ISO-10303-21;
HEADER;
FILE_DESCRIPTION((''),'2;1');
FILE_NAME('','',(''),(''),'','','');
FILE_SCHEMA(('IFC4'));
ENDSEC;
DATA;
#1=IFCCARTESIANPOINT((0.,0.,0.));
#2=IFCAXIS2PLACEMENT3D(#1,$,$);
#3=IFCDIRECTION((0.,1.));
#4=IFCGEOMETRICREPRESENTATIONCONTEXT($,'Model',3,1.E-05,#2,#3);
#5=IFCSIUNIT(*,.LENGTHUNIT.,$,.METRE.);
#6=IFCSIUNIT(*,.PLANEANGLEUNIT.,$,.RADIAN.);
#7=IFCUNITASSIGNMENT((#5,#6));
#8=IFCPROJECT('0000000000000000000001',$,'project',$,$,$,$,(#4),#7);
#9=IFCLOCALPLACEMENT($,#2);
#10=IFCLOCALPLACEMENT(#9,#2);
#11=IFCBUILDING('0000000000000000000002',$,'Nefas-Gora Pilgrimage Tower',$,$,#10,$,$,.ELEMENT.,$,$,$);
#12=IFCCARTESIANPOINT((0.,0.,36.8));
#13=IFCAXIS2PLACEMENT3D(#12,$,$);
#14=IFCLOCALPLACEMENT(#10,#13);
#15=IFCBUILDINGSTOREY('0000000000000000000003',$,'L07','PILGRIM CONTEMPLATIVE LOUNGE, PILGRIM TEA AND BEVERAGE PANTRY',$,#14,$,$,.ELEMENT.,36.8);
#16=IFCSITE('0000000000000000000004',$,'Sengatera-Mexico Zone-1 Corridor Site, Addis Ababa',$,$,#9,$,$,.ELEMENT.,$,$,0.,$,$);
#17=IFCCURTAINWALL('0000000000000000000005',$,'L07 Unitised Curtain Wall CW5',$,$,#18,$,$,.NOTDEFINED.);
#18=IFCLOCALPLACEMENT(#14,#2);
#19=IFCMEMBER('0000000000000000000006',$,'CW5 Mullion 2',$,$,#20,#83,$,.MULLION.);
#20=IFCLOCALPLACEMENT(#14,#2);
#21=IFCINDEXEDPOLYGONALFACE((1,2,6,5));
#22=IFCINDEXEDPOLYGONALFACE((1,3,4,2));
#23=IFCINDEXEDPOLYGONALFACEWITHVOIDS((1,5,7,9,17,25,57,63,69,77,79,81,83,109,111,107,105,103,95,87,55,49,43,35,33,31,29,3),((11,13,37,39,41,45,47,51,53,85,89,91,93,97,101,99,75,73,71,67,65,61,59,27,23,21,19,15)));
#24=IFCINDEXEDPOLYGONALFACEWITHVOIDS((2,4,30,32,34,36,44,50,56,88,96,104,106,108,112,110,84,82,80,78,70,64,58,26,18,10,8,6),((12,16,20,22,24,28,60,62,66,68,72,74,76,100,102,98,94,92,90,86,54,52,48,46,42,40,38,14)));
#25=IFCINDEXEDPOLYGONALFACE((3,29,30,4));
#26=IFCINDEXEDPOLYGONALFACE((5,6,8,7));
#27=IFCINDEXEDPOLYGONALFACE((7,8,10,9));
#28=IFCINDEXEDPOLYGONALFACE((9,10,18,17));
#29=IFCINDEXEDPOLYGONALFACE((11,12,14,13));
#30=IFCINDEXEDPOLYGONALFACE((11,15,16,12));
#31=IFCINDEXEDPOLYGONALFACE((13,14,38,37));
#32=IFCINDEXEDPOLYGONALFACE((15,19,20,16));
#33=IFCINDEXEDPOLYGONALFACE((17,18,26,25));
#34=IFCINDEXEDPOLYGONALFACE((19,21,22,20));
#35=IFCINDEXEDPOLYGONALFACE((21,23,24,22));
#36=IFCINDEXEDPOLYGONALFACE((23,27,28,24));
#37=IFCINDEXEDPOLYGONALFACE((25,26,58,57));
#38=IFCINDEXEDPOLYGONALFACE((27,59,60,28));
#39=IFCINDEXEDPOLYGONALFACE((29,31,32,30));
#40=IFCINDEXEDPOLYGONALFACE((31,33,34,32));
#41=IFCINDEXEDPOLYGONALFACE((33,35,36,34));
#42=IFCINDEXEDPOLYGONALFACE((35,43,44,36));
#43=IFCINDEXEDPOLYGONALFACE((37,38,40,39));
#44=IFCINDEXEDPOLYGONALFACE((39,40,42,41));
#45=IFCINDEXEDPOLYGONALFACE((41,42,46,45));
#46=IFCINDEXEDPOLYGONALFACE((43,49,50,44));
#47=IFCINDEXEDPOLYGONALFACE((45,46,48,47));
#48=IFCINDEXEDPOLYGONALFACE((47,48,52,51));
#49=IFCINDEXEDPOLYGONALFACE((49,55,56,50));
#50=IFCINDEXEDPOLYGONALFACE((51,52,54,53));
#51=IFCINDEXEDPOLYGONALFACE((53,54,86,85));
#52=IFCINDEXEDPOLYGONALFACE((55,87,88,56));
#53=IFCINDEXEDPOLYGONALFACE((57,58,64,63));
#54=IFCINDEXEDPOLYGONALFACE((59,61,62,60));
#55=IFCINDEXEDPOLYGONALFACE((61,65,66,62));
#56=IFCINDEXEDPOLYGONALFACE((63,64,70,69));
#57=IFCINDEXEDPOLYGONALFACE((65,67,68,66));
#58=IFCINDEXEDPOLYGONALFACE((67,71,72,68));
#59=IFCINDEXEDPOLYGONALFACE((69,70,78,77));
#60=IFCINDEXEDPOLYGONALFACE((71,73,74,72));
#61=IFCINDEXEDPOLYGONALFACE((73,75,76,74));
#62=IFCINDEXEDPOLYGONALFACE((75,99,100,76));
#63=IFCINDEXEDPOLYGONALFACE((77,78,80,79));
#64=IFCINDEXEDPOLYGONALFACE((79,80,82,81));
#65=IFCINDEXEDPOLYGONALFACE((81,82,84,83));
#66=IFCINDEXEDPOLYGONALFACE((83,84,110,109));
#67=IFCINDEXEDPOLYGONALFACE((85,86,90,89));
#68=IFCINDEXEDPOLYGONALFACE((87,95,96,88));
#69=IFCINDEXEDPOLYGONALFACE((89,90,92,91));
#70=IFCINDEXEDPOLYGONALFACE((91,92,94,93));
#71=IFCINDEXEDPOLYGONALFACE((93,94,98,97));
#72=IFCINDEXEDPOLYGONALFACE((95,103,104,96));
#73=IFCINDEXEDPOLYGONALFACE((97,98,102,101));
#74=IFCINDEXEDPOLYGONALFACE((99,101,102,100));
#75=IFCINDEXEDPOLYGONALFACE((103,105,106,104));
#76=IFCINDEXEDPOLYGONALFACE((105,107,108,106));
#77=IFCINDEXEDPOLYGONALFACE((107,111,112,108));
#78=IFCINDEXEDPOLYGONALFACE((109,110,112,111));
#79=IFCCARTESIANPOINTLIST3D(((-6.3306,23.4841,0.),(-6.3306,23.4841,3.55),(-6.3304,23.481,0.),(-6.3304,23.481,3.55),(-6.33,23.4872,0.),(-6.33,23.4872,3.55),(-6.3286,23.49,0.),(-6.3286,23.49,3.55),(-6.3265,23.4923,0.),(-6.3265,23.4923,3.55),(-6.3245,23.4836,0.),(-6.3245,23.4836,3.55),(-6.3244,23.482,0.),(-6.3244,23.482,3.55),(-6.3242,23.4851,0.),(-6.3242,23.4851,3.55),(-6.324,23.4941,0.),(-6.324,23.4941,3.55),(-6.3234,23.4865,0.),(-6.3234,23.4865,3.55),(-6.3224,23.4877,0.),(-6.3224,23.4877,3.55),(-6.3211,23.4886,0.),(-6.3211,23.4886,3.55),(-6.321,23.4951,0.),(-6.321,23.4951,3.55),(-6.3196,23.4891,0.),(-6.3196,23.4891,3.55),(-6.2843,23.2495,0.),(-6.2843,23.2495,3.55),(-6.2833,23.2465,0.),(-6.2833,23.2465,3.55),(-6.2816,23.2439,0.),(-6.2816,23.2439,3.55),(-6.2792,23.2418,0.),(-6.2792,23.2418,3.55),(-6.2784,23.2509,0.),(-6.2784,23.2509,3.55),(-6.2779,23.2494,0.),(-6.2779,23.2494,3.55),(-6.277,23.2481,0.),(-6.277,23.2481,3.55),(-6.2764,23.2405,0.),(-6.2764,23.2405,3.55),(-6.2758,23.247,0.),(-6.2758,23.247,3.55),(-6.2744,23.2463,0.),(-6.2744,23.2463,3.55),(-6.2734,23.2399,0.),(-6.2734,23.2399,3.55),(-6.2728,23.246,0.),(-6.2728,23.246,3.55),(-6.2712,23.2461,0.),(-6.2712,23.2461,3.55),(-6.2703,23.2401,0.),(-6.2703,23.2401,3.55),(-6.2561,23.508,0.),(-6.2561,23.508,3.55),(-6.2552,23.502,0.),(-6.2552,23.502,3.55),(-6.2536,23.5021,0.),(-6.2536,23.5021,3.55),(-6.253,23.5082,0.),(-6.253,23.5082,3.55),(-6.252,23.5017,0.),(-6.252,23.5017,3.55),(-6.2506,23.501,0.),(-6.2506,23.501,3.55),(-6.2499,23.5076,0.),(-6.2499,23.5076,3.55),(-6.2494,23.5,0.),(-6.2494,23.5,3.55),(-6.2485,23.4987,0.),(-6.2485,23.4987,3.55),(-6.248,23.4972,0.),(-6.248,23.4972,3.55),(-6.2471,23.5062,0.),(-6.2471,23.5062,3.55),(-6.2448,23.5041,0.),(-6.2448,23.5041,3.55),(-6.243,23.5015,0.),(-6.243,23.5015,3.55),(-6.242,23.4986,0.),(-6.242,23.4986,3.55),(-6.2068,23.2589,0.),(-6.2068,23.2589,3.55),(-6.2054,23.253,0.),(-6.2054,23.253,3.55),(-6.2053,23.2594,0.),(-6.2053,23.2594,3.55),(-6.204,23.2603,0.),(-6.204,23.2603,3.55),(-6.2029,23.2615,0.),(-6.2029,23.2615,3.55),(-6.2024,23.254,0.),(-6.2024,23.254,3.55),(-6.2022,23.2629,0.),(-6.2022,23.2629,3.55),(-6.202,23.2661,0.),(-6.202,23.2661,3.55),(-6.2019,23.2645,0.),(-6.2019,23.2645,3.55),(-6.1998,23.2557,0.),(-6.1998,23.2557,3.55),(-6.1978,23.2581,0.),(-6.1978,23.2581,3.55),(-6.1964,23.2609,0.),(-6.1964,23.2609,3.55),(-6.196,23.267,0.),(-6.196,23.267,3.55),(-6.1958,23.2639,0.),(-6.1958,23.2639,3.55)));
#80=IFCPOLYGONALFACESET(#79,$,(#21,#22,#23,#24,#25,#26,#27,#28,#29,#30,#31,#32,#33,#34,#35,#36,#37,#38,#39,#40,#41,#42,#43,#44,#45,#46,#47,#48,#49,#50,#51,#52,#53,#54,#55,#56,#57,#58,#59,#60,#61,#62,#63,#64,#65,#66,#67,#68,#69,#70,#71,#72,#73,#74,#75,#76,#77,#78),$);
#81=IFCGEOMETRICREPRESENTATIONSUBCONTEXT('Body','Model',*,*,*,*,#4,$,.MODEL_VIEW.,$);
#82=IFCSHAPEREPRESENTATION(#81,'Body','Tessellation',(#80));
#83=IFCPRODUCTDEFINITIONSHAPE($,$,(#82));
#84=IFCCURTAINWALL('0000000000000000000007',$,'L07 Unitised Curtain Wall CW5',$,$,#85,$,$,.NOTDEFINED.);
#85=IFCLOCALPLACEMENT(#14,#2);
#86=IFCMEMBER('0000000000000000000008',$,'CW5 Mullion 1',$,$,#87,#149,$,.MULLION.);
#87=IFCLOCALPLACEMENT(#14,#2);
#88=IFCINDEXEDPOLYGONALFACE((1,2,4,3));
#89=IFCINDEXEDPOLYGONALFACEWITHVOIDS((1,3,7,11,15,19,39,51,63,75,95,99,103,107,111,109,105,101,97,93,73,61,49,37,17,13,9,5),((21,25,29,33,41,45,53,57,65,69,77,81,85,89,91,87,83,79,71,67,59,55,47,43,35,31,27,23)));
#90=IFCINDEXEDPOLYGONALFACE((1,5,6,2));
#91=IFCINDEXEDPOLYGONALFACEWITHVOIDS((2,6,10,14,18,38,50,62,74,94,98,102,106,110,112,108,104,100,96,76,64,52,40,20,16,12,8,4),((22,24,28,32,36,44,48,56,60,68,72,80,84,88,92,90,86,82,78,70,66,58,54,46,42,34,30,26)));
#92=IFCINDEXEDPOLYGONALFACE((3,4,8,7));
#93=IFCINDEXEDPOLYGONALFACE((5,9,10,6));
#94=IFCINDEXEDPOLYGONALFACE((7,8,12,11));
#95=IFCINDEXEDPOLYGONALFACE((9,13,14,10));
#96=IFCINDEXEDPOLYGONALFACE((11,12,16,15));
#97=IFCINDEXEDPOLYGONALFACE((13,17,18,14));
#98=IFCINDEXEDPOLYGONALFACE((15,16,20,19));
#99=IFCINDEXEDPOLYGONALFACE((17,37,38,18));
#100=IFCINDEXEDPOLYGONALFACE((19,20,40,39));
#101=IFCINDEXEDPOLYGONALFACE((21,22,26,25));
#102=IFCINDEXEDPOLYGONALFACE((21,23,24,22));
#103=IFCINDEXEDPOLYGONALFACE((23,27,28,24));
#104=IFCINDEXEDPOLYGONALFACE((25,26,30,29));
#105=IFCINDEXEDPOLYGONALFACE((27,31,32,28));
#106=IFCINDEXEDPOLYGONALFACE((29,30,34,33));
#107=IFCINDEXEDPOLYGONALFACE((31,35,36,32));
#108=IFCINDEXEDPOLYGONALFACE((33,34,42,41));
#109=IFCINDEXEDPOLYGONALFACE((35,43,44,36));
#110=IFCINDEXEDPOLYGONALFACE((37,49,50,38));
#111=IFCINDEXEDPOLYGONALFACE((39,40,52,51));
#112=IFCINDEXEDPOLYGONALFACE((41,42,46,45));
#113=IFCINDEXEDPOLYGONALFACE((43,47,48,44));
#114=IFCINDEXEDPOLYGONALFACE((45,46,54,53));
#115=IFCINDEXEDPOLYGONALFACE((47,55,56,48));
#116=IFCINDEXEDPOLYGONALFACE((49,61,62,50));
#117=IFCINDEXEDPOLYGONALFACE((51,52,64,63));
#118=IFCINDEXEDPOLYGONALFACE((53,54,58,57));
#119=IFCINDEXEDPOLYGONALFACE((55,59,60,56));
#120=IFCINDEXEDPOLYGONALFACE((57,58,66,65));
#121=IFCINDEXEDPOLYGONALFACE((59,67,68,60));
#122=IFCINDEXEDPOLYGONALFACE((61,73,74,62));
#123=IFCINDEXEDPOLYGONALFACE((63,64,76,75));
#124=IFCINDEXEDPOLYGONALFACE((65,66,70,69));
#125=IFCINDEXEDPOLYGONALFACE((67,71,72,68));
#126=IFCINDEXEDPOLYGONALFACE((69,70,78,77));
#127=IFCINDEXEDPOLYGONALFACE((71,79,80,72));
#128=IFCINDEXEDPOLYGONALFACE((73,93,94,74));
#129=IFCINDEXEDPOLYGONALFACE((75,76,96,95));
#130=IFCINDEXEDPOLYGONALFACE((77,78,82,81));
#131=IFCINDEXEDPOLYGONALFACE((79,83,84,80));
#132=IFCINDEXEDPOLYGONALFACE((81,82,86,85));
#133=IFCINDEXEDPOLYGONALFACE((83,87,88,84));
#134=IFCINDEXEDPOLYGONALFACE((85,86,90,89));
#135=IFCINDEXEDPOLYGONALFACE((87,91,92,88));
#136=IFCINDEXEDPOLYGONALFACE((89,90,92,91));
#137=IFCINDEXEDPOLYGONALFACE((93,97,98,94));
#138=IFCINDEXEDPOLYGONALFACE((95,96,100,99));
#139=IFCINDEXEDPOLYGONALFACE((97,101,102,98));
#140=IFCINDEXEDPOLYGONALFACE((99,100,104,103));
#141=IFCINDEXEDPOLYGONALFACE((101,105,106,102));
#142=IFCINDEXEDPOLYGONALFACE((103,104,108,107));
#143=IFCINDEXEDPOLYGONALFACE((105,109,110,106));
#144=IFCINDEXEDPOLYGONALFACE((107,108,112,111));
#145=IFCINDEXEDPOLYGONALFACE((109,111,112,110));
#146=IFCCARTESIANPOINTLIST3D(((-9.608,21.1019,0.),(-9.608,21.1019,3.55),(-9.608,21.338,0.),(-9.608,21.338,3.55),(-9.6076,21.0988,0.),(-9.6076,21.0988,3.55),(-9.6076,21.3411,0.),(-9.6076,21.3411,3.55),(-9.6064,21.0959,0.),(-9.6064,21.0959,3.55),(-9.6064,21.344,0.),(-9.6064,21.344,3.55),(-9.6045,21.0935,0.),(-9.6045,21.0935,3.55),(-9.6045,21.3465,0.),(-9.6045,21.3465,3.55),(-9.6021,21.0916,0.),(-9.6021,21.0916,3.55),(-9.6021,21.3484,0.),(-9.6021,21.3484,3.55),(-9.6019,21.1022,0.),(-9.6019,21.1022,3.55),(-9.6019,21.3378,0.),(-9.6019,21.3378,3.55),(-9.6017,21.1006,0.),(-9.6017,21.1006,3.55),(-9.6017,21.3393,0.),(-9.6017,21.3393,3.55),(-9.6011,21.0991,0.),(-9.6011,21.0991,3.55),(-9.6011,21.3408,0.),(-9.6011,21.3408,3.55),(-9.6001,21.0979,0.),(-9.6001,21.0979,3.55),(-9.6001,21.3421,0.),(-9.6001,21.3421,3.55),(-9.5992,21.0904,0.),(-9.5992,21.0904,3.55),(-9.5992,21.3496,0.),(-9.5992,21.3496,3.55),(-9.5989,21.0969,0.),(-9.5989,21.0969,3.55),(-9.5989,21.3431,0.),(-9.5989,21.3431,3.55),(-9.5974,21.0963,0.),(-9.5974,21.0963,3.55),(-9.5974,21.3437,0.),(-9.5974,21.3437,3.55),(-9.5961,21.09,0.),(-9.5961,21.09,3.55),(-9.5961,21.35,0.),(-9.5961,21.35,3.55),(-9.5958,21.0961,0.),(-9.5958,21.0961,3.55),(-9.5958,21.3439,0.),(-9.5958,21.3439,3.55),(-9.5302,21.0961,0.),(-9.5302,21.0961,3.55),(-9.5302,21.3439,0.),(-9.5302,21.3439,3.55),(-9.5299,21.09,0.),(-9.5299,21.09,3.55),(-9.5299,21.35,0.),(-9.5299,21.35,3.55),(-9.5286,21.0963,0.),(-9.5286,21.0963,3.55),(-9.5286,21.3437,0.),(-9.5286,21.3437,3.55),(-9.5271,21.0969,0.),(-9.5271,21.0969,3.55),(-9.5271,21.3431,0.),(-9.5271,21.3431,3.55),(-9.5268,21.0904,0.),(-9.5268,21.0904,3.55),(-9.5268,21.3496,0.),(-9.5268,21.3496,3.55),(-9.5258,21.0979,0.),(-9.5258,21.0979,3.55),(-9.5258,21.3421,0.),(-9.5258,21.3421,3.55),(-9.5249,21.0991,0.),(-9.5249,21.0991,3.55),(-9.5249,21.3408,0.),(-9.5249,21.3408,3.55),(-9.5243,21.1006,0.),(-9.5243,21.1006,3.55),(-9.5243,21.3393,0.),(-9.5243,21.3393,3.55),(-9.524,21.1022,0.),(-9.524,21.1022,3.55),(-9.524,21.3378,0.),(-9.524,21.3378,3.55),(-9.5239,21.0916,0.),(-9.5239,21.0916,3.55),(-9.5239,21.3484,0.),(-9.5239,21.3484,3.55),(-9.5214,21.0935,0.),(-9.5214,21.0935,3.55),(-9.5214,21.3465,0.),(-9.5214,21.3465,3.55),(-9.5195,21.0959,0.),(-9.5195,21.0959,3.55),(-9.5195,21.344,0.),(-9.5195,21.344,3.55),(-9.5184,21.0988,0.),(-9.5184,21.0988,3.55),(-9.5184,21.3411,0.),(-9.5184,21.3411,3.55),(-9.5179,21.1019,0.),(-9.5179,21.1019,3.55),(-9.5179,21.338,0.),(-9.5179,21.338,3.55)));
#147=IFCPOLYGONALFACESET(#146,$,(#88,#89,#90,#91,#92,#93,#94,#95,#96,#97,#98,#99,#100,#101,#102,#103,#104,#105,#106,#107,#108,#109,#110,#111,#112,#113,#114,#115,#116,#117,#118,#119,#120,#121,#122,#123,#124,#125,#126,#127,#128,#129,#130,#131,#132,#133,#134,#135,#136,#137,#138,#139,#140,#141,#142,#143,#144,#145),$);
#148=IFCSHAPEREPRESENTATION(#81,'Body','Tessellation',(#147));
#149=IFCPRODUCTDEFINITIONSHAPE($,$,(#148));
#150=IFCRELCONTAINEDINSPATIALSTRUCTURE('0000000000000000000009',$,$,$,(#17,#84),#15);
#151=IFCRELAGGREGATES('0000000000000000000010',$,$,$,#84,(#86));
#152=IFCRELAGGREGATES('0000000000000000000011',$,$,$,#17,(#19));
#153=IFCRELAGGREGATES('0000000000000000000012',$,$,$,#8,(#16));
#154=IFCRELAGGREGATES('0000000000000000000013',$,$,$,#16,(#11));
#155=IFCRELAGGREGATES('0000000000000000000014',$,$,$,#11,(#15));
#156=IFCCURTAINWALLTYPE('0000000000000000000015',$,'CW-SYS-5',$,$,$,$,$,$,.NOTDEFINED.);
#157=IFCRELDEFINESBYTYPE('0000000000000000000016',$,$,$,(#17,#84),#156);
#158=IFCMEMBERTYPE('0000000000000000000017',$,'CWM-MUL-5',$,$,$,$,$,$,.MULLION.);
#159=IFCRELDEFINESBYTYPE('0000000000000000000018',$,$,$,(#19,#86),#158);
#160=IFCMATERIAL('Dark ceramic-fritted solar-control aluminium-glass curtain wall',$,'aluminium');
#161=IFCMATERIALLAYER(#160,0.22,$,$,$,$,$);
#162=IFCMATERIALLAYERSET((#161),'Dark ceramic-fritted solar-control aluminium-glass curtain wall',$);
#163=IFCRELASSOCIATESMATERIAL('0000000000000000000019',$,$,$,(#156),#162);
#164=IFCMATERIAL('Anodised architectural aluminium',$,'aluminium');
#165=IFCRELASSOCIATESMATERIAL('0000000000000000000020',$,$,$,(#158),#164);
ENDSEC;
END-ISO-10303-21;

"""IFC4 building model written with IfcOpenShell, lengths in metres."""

from ifc_helpers import new_model, si_unit, direction, frame, origin, origin_2d, place, context, subcontext, project, spatial, hollow_rectangle, extrude, source, transform, mapped, material, layer, layer_set, material_profile, profile_set, type_object, element, aggregate, save


model = new_model("IFC4")

# Units and contexts
model_context = context("Model", 3, precision=1e-05, world=origin(), true_north=direction((0.0, 1.0)))
body_context = subcontext(model_context, "Body", "Model", "MODEL_VIEW")
ifc_project = project(units=[si_unit("LENGTHUNIT", "METRE"), si_unit("PLANEANGLEUNIT", "RADIAN")], contexts=[model_context])

# Site, building, storey
site_placement = place(None, origin())
site = spatial("IfcSite", under=ifc_project, at=site_placement, Name="Sengatera-Mexico Zone-1 Corridor Site, Addis Ababa", CompositionType="ELEMENT", RefElevation=0.0)
building_placement = place(site_placement, origin())
building = spatial("IfcBuilding", under=site, at=building_placement, Name="Nefas-Gora Pilgrimage Tower", CompositionType="ELEMENT")
storey_placement = place(building_placement, frame((0.0, 0.0, 36.8)))
storey = spatial("IfcBuildingStorey", under=building, at=storey_placement, Name="L07", Description="PILGRIM CONTEMPLATIVE LOUNGE, PILGRIM TEA AND BEVERAGE PANTRY", CompositionType="ELEMENT", Elevation=36.8)

# Shared definitions
ifc_material_1 = material(Name="Dark ceramic-fritted solar-control aluminium-glass curtain wall", Category="aluminium")
ifc_layer_1 = layer(ifc_material_1, 0.22)
ifc_layer_set_1 = layer_set([ifc_layer_1], Name="Dark ceramic-fritted solar-control aluminium-glass curtain wall")
curtain_wall_type = type_object("IfcCurtainWallType", Name="CW-SYS-5", PredefinedType="NOTDEFINED", material=ifc_layer_set_1)
ifc_material_2 = material(Name="Anodised architectural aluminium", Category="aluminium")
ifc_material_profile_1 = material_profile(ifc_material_2, hollow_rectangle(XDim=0.0901, YDim=0.26, WallThickness=0.0061, InnerFilletRadius=0.0061, OuterFilletRadius=0.012, at=origin_2d()), Name="ALU MULLION 90x260")
ifc_profile_set_1 = profile_set([ifc_material_profile_1], Name="Anodised architectural aluminium")
member_type_1 = type_object("IfcMemberType", Name="CWM-MUL-5", PredefinedType="MULLION", material=ifc_profile_set_1)
shared_shape_1 = source(origin(), body_context, "Body", "SweptSolid", [
    extrude(hollow_rectangle(XDim=0.0901, YDim=0.26, WallThickness=0.0061, InnerFilletRadius=0.0061, OuterFilletRadius=0.012, at=origin_2d()), origin(), (0.0, 0.0, 1.0), 3.55),
])

# Curtain walls, members
curtain_wall_1_placement = place(storey_placement, origin())
curtain_wall_1 = element("IfcCurtainWall", 1, at=curtain_wall_1_placement, inside=storey, type_object=curtain_wall_type, Name="L07 Unitised Curtain Wall CW5", PredefinedType="NOTDEFINED")
member_1_placement = place(storey_placement, frame((-6.2632, 23.374, 0.0), z_axis=(0.0, 0.0, 1.0), x_axis=(-0.980783, -0.195102, 0.0)))
member_1 = element("IfcMember", 2, at=member_1_placement, type_object=member_type_1, Name="CW5 Mullion 2", PredefinedType="MULLION", context=body_context, shape_type="MappedRepresentation", body=[
    mapped(shared_shape_1, transform((0.0, 0.0, 0.0), x_axis=(1.0, 0.0, 0.0), y_axis=(0.0, 1.0, 0.0), z_axis=(0.0, 0.0, 1.0), scale=1.0)),
])
curtain_wall_2_placement = place(storey_placement, origin())
curtain_wall_2 = element("IfcCurtainWall", 3, at=curtain_wall_2_placement, inside=storey, type_object=curtain_wall_type, Name="L07 Unitised Curtain Wall CW5", PredefinedType="NOTDEFINED")
member_2_placement = place(storey_placement, frame((-9.563, 21.22, 0.0), z_axis=(0.0, 0.0, 1.0), x_axis=(-1.0, 0.0, 0.0)))
member_2 = element("IfcMember", 4, at=member_2_placement, type_object=member_type_1, Name="CW5 Mullion 1", PredefinedType="MULLION", context=body_context, shape_type="MappedRepresentation", body=[
    mapped(shared_shape_1, transform((0.0, 0.0, 0.0), x_axis=(1.0, 0.0, 0.0), y_axis=(0.0, 1.0, 0.0), z_axis=(0.0, 0.0, 1.0), scale=1.0)),
])
aggregate(curtain_wall_2, [member_2])

aggregate(curtain_wall_1, [member_1])

save(model, "model.ifc")
